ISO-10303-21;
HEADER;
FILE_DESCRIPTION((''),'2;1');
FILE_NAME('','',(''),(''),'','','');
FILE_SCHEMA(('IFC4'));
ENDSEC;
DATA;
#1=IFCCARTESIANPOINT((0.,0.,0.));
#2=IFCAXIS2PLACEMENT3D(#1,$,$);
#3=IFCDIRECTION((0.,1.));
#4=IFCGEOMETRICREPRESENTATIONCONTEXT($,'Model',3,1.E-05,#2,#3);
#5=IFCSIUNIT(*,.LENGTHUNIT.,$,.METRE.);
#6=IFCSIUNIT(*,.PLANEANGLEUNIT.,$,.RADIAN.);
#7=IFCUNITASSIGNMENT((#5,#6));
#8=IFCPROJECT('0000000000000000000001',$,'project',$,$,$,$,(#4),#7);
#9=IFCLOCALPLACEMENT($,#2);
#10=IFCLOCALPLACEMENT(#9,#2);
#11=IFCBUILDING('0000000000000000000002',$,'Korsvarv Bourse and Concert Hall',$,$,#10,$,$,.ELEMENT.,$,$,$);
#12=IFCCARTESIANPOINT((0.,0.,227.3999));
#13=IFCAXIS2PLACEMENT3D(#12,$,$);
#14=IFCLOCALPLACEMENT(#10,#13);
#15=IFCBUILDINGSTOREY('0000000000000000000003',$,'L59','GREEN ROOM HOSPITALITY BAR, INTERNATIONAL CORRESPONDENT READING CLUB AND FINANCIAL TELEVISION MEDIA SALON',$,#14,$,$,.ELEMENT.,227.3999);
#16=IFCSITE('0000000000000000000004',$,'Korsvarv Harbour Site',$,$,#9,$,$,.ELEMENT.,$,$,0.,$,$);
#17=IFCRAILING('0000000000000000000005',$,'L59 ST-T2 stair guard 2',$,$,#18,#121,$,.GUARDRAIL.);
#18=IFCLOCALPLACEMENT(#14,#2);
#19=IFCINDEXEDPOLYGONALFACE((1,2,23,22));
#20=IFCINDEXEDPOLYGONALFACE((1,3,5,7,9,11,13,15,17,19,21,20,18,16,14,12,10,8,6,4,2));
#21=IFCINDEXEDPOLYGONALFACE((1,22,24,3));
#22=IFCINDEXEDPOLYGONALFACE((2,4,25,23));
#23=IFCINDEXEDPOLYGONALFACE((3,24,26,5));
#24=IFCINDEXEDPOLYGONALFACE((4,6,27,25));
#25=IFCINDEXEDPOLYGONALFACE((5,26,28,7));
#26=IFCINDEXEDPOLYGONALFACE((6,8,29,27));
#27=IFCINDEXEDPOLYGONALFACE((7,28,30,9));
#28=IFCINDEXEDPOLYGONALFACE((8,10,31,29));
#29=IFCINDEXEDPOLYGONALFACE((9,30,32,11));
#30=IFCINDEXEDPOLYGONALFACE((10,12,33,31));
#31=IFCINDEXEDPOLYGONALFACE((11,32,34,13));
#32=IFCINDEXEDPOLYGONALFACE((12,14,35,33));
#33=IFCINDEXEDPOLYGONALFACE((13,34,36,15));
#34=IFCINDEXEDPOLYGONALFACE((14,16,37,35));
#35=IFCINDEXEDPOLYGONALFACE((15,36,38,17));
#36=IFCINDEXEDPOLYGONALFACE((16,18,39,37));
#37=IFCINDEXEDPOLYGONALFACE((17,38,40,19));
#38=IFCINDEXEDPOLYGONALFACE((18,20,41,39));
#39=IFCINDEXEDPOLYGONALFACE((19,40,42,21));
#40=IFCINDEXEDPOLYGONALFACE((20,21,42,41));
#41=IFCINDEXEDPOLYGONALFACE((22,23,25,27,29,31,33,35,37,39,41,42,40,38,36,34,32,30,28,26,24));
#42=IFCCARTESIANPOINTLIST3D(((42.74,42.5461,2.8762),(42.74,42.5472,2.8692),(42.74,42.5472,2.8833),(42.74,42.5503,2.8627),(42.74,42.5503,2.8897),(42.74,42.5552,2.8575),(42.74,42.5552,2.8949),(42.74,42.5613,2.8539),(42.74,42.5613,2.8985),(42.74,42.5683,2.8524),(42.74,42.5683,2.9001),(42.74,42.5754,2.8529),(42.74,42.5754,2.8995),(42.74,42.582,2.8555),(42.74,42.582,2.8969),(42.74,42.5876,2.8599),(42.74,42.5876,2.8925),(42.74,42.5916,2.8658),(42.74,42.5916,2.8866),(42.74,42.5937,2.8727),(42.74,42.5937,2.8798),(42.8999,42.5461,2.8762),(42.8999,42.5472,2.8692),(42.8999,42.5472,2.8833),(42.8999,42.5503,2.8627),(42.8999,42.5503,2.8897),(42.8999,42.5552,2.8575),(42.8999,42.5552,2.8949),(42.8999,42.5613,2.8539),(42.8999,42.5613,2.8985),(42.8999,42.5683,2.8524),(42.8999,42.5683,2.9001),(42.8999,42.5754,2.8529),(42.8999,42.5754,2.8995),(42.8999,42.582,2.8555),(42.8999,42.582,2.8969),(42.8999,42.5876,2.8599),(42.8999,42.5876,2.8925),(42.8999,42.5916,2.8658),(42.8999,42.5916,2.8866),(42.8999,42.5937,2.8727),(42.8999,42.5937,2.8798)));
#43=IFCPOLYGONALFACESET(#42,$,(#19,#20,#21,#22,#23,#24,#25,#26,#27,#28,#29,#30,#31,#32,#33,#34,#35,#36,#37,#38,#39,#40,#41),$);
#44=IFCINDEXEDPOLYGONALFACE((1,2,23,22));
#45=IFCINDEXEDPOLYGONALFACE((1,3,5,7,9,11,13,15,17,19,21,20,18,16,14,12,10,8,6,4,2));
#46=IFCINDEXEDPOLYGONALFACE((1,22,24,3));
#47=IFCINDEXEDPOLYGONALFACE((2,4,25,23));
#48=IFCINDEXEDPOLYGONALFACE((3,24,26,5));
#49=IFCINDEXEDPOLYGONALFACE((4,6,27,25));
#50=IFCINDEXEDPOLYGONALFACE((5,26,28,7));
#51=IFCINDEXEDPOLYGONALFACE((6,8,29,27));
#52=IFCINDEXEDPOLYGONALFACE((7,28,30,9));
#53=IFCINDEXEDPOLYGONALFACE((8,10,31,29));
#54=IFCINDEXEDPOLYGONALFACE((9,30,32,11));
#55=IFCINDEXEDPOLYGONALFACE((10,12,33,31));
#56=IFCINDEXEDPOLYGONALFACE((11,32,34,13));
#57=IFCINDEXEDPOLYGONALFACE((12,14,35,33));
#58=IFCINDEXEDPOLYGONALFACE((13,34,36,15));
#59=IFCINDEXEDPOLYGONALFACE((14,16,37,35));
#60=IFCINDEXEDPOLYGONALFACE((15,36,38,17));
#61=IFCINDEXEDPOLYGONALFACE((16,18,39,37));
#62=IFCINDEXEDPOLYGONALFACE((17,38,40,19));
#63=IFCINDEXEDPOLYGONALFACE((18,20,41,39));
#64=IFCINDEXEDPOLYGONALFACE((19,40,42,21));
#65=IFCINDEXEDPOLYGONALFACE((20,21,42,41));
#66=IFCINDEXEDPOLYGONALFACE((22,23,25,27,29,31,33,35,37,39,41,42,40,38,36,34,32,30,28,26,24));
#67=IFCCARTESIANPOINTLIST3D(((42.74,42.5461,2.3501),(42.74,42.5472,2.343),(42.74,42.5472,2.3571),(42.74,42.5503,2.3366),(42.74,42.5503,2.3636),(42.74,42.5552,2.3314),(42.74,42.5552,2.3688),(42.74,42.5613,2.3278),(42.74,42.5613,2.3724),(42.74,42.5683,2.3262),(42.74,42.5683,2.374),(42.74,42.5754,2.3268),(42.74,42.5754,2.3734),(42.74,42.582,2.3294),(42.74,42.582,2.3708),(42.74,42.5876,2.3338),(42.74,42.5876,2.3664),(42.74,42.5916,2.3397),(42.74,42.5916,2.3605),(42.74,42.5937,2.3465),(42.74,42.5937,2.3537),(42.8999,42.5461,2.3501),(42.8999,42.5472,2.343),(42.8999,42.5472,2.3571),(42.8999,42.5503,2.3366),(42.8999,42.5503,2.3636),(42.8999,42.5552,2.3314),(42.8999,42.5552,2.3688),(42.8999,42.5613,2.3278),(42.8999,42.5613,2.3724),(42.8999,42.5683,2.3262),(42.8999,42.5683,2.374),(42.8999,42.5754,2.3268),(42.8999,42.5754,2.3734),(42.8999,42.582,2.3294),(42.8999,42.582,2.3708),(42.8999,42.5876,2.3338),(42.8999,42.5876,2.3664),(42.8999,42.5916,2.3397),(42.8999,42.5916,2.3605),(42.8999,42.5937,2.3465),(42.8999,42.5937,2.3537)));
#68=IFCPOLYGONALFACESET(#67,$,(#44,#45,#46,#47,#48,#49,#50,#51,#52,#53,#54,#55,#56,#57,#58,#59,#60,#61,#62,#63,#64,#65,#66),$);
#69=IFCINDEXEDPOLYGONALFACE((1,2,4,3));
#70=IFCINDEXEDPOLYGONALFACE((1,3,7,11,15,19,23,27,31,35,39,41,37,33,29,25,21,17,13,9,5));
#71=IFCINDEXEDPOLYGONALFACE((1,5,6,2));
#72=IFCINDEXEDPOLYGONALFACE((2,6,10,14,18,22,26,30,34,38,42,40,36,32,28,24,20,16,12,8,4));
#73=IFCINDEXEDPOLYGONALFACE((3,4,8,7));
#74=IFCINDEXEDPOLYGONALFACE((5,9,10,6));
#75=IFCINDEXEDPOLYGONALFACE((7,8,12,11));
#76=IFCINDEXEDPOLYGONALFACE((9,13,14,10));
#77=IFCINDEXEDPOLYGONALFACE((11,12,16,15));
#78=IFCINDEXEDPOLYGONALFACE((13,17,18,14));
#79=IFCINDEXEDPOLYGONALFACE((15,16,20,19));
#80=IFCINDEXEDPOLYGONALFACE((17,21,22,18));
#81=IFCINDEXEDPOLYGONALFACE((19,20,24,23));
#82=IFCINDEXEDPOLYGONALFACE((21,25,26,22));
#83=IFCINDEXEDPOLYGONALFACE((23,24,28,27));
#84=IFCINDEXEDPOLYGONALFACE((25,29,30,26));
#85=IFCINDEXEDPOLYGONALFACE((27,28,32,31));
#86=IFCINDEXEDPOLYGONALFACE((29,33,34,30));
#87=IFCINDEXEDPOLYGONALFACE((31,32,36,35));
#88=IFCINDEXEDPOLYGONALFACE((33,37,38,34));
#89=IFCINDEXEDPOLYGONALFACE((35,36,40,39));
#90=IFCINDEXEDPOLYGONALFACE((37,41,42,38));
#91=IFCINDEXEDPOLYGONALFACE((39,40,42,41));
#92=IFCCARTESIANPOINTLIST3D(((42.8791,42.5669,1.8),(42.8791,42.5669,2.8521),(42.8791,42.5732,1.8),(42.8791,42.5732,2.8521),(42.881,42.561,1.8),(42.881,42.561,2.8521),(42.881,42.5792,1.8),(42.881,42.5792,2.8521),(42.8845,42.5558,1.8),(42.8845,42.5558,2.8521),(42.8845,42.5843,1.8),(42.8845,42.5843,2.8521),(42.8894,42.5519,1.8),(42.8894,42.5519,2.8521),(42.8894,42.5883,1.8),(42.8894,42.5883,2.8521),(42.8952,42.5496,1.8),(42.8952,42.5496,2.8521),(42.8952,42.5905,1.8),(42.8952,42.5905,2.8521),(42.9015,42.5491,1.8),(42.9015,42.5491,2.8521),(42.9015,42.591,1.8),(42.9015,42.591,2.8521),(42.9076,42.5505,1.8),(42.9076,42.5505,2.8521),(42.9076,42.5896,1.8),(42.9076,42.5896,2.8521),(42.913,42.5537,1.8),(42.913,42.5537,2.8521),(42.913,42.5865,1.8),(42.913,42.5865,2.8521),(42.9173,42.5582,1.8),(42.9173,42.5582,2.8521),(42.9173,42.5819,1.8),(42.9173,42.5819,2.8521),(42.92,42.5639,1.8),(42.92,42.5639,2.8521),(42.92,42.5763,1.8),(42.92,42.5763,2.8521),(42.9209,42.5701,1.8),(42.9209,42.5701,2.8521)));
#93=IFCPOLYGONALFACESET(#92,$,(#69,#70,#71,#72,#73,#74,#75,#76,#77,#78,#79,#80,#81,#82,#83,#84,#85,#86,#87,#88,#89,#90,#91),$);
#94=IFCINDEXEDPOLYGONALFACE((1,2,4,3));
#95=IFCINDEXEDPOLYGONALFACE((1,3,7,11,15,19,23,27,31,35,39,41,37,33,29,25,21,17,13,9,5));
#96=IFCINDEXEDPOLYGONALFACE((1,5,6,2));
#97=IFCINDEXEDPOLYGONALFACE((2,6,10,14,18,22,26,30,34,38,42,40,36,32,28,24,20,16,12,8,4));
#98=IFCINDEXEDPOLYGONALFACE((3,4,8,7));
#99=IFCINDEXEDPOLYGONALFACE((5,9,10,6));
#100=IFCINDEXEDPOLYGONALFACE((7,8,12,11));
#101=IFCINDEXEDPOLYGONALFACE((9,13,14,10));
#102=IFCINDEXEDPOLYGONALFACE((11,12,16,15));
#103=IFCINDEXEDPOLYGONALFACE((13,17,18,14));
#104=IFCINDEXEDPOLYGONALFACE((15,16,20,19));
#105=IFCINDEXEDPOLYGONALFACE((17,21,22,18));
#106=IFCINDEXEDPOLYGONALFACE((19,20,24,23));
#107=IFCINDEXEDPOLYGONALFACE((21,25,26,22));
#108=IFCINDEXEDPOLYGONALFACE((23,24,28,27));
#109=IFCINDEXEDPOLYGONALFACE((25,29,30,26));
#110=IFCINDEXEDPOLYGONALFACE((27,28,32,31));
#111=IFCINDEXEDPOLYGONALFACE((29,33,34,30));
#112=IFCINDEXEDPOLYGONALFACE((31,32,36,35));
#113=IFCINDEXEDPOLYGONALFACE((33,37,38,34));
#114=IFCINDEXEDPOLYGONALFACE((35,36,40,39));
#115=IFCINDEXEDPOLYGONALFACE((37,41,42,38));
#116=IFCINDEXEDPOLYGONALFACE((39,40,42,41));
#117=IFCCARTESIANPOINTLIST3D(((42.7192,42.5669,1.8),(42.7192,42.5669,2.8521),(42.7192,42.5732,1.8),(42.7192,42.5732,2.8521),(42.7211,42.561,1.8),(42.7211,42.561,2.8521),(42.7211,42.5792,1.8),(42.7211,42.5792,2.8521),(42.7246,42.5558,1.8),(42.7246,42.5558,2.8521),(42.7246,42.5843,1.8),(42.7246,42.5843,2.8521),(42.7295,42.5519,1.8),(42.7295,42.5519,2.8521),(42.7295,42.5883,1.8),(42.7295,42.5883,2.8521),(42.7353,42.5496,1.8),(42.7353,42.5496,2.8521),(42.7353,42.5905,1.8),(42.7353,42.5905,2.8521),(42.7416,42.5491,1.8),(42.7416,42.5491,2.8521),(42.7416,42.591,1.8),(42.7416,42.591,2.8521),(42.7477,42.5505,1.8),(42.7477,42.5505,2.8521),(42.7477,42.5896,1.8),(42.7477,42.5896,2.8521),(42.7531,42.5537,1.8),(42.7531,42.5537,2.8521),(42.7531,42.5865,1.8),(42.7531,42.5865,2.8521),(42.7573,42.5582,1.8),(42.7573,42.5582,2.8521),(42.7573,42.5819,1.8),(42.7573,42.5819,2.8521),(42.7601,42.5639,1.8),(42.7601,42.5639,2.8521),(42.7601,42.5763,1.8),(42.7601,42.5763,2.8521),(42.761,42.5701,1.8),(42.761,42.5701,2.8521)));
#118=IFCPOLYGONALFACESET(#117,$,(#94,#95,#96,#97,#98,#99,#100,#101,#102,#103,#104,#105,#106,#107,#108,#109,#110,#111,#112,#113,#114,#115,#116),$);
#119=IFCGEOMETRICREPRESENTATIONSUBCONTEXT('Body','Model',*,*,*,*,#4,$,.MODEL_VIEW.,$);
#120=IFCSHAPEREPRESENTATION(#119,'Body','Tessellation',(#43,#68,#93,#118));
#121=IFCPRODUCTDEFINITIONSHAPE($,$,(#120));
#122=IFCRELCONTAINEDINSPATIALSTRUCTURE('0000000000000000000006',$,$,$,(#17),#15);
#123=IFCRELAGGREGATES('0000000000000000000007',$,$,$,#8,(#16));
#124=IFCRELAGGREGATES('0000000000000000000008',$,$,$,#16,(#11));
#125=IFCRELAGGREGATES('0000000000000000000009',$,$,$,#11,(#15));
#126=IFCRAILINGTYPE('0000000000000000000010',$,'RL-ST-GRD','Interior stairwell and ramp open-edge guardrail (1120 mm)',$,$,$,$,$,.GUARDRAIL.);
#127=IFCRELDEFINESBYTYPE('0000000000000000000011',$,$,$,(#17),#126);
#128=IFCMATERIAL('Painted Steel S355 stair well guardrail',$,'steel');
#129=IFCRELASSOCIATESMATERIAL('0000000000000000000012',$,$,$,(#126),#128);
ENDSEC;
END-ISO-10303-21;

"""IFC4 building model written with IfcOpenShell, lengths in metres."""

from ifc_helpers import new_model, si_unit, direction, frame, origin, origin_2d, place, context, subcontext, project, spatial, circle, extrude, material, type_object, element, save


model = new_model("IFC4")

# Units and contexts
model_context = context("Model", 3, precision=1e-05, world=origin(), true_north=direction((0.0, 1.0)))
body_context = subcontext(model_context, "Body", "Model", "MODEL_VIEW")
ifc_project = project(units=[si_unit("LENGTHUNIT", "METRE"), si_unit("PLANEANGLEUNIT", "RADIAN")], contexts=[model_context])

# Site, building, storey
site_placement = place(None, origin())
site = spatial("IfcSite", under=ifc_project, at=site_placement, Name="Korsvarv Harbour Site", CompositionType="ELEMENT", RefElevation=0.0)
building_placement = place(site_placement, origin())
building = spatial("IfcBuilding", under=site, at=building_placement, Name="Korsvarv Bourse and Concert Hall", CompositionType="ELEMENT")
storey_placement = place(building_placement, frame((0.0, 0.0, 227.3999)))
storey = spatial("IfcBuildingStorey", under=building, at=storey_placement, Name="L59", Description="GREEN ROOM HOSPITALITY BAR, INTERNATIONAL CORRESPONDENT READING CLUB AND FINANCIAL TELEVISION MEDIA SALON", CompositionType="ELEMENT", Elevation=227.3999)

# Railing
ifc_material_1 = material(Name="Painted Steel S355 stair well guardrail", Category="steel")
railing_type_1 = type_object("IfcRailingType", Name="RL-ST-GRD", Description="Interior stairwell and ramp open-edge guardrail (1120 mm)", PredefinedType="GUARDRAIL", material=ifc_material_1)
railing_1_placement = place(storey_placement, frame((42.8999, 42.5701, 1.8)))
element("IfcRailing", 1, at=railing_1_placement, inside=storey, type_object=railing_type_1, Name="L59 ST-T2 stair guard 2", PredefinedType="GUARDRAIL", context=body_context, shape_type="SweptSolid", body=[
    extrude(circle(Radius=0.0239, at=origin_2d()), frame((0.0, 0.0, 1.0762), z_axis=(-1.0, 0.0, 0.0), x_axis=(0.0, -1.0, 0.0)), (0.0, 0.0, 1.0), 0.1599),
    extrude(circle(Radius=0.0239, at=origin_2d()), frame((0.0, 0.0, 0.55), z_axis=(-1.0, 0.0, 0.0), x_axis=(0.0, -1.0, 0.0)), (0.0, 0.0, 1.0), 0.1599),
    extrude(circle(Radius=0.021, at=origin_2d()), origin(), (0.0, 0.0, 1.0), 1.052),
    extrude(circle(Radius=0.021, at=origin_2d()), frame((-0.1599, 0.0, 0.0)), (0.0, 0.0, 1.0), 1.052),
])

save(model, "model.ifc")
